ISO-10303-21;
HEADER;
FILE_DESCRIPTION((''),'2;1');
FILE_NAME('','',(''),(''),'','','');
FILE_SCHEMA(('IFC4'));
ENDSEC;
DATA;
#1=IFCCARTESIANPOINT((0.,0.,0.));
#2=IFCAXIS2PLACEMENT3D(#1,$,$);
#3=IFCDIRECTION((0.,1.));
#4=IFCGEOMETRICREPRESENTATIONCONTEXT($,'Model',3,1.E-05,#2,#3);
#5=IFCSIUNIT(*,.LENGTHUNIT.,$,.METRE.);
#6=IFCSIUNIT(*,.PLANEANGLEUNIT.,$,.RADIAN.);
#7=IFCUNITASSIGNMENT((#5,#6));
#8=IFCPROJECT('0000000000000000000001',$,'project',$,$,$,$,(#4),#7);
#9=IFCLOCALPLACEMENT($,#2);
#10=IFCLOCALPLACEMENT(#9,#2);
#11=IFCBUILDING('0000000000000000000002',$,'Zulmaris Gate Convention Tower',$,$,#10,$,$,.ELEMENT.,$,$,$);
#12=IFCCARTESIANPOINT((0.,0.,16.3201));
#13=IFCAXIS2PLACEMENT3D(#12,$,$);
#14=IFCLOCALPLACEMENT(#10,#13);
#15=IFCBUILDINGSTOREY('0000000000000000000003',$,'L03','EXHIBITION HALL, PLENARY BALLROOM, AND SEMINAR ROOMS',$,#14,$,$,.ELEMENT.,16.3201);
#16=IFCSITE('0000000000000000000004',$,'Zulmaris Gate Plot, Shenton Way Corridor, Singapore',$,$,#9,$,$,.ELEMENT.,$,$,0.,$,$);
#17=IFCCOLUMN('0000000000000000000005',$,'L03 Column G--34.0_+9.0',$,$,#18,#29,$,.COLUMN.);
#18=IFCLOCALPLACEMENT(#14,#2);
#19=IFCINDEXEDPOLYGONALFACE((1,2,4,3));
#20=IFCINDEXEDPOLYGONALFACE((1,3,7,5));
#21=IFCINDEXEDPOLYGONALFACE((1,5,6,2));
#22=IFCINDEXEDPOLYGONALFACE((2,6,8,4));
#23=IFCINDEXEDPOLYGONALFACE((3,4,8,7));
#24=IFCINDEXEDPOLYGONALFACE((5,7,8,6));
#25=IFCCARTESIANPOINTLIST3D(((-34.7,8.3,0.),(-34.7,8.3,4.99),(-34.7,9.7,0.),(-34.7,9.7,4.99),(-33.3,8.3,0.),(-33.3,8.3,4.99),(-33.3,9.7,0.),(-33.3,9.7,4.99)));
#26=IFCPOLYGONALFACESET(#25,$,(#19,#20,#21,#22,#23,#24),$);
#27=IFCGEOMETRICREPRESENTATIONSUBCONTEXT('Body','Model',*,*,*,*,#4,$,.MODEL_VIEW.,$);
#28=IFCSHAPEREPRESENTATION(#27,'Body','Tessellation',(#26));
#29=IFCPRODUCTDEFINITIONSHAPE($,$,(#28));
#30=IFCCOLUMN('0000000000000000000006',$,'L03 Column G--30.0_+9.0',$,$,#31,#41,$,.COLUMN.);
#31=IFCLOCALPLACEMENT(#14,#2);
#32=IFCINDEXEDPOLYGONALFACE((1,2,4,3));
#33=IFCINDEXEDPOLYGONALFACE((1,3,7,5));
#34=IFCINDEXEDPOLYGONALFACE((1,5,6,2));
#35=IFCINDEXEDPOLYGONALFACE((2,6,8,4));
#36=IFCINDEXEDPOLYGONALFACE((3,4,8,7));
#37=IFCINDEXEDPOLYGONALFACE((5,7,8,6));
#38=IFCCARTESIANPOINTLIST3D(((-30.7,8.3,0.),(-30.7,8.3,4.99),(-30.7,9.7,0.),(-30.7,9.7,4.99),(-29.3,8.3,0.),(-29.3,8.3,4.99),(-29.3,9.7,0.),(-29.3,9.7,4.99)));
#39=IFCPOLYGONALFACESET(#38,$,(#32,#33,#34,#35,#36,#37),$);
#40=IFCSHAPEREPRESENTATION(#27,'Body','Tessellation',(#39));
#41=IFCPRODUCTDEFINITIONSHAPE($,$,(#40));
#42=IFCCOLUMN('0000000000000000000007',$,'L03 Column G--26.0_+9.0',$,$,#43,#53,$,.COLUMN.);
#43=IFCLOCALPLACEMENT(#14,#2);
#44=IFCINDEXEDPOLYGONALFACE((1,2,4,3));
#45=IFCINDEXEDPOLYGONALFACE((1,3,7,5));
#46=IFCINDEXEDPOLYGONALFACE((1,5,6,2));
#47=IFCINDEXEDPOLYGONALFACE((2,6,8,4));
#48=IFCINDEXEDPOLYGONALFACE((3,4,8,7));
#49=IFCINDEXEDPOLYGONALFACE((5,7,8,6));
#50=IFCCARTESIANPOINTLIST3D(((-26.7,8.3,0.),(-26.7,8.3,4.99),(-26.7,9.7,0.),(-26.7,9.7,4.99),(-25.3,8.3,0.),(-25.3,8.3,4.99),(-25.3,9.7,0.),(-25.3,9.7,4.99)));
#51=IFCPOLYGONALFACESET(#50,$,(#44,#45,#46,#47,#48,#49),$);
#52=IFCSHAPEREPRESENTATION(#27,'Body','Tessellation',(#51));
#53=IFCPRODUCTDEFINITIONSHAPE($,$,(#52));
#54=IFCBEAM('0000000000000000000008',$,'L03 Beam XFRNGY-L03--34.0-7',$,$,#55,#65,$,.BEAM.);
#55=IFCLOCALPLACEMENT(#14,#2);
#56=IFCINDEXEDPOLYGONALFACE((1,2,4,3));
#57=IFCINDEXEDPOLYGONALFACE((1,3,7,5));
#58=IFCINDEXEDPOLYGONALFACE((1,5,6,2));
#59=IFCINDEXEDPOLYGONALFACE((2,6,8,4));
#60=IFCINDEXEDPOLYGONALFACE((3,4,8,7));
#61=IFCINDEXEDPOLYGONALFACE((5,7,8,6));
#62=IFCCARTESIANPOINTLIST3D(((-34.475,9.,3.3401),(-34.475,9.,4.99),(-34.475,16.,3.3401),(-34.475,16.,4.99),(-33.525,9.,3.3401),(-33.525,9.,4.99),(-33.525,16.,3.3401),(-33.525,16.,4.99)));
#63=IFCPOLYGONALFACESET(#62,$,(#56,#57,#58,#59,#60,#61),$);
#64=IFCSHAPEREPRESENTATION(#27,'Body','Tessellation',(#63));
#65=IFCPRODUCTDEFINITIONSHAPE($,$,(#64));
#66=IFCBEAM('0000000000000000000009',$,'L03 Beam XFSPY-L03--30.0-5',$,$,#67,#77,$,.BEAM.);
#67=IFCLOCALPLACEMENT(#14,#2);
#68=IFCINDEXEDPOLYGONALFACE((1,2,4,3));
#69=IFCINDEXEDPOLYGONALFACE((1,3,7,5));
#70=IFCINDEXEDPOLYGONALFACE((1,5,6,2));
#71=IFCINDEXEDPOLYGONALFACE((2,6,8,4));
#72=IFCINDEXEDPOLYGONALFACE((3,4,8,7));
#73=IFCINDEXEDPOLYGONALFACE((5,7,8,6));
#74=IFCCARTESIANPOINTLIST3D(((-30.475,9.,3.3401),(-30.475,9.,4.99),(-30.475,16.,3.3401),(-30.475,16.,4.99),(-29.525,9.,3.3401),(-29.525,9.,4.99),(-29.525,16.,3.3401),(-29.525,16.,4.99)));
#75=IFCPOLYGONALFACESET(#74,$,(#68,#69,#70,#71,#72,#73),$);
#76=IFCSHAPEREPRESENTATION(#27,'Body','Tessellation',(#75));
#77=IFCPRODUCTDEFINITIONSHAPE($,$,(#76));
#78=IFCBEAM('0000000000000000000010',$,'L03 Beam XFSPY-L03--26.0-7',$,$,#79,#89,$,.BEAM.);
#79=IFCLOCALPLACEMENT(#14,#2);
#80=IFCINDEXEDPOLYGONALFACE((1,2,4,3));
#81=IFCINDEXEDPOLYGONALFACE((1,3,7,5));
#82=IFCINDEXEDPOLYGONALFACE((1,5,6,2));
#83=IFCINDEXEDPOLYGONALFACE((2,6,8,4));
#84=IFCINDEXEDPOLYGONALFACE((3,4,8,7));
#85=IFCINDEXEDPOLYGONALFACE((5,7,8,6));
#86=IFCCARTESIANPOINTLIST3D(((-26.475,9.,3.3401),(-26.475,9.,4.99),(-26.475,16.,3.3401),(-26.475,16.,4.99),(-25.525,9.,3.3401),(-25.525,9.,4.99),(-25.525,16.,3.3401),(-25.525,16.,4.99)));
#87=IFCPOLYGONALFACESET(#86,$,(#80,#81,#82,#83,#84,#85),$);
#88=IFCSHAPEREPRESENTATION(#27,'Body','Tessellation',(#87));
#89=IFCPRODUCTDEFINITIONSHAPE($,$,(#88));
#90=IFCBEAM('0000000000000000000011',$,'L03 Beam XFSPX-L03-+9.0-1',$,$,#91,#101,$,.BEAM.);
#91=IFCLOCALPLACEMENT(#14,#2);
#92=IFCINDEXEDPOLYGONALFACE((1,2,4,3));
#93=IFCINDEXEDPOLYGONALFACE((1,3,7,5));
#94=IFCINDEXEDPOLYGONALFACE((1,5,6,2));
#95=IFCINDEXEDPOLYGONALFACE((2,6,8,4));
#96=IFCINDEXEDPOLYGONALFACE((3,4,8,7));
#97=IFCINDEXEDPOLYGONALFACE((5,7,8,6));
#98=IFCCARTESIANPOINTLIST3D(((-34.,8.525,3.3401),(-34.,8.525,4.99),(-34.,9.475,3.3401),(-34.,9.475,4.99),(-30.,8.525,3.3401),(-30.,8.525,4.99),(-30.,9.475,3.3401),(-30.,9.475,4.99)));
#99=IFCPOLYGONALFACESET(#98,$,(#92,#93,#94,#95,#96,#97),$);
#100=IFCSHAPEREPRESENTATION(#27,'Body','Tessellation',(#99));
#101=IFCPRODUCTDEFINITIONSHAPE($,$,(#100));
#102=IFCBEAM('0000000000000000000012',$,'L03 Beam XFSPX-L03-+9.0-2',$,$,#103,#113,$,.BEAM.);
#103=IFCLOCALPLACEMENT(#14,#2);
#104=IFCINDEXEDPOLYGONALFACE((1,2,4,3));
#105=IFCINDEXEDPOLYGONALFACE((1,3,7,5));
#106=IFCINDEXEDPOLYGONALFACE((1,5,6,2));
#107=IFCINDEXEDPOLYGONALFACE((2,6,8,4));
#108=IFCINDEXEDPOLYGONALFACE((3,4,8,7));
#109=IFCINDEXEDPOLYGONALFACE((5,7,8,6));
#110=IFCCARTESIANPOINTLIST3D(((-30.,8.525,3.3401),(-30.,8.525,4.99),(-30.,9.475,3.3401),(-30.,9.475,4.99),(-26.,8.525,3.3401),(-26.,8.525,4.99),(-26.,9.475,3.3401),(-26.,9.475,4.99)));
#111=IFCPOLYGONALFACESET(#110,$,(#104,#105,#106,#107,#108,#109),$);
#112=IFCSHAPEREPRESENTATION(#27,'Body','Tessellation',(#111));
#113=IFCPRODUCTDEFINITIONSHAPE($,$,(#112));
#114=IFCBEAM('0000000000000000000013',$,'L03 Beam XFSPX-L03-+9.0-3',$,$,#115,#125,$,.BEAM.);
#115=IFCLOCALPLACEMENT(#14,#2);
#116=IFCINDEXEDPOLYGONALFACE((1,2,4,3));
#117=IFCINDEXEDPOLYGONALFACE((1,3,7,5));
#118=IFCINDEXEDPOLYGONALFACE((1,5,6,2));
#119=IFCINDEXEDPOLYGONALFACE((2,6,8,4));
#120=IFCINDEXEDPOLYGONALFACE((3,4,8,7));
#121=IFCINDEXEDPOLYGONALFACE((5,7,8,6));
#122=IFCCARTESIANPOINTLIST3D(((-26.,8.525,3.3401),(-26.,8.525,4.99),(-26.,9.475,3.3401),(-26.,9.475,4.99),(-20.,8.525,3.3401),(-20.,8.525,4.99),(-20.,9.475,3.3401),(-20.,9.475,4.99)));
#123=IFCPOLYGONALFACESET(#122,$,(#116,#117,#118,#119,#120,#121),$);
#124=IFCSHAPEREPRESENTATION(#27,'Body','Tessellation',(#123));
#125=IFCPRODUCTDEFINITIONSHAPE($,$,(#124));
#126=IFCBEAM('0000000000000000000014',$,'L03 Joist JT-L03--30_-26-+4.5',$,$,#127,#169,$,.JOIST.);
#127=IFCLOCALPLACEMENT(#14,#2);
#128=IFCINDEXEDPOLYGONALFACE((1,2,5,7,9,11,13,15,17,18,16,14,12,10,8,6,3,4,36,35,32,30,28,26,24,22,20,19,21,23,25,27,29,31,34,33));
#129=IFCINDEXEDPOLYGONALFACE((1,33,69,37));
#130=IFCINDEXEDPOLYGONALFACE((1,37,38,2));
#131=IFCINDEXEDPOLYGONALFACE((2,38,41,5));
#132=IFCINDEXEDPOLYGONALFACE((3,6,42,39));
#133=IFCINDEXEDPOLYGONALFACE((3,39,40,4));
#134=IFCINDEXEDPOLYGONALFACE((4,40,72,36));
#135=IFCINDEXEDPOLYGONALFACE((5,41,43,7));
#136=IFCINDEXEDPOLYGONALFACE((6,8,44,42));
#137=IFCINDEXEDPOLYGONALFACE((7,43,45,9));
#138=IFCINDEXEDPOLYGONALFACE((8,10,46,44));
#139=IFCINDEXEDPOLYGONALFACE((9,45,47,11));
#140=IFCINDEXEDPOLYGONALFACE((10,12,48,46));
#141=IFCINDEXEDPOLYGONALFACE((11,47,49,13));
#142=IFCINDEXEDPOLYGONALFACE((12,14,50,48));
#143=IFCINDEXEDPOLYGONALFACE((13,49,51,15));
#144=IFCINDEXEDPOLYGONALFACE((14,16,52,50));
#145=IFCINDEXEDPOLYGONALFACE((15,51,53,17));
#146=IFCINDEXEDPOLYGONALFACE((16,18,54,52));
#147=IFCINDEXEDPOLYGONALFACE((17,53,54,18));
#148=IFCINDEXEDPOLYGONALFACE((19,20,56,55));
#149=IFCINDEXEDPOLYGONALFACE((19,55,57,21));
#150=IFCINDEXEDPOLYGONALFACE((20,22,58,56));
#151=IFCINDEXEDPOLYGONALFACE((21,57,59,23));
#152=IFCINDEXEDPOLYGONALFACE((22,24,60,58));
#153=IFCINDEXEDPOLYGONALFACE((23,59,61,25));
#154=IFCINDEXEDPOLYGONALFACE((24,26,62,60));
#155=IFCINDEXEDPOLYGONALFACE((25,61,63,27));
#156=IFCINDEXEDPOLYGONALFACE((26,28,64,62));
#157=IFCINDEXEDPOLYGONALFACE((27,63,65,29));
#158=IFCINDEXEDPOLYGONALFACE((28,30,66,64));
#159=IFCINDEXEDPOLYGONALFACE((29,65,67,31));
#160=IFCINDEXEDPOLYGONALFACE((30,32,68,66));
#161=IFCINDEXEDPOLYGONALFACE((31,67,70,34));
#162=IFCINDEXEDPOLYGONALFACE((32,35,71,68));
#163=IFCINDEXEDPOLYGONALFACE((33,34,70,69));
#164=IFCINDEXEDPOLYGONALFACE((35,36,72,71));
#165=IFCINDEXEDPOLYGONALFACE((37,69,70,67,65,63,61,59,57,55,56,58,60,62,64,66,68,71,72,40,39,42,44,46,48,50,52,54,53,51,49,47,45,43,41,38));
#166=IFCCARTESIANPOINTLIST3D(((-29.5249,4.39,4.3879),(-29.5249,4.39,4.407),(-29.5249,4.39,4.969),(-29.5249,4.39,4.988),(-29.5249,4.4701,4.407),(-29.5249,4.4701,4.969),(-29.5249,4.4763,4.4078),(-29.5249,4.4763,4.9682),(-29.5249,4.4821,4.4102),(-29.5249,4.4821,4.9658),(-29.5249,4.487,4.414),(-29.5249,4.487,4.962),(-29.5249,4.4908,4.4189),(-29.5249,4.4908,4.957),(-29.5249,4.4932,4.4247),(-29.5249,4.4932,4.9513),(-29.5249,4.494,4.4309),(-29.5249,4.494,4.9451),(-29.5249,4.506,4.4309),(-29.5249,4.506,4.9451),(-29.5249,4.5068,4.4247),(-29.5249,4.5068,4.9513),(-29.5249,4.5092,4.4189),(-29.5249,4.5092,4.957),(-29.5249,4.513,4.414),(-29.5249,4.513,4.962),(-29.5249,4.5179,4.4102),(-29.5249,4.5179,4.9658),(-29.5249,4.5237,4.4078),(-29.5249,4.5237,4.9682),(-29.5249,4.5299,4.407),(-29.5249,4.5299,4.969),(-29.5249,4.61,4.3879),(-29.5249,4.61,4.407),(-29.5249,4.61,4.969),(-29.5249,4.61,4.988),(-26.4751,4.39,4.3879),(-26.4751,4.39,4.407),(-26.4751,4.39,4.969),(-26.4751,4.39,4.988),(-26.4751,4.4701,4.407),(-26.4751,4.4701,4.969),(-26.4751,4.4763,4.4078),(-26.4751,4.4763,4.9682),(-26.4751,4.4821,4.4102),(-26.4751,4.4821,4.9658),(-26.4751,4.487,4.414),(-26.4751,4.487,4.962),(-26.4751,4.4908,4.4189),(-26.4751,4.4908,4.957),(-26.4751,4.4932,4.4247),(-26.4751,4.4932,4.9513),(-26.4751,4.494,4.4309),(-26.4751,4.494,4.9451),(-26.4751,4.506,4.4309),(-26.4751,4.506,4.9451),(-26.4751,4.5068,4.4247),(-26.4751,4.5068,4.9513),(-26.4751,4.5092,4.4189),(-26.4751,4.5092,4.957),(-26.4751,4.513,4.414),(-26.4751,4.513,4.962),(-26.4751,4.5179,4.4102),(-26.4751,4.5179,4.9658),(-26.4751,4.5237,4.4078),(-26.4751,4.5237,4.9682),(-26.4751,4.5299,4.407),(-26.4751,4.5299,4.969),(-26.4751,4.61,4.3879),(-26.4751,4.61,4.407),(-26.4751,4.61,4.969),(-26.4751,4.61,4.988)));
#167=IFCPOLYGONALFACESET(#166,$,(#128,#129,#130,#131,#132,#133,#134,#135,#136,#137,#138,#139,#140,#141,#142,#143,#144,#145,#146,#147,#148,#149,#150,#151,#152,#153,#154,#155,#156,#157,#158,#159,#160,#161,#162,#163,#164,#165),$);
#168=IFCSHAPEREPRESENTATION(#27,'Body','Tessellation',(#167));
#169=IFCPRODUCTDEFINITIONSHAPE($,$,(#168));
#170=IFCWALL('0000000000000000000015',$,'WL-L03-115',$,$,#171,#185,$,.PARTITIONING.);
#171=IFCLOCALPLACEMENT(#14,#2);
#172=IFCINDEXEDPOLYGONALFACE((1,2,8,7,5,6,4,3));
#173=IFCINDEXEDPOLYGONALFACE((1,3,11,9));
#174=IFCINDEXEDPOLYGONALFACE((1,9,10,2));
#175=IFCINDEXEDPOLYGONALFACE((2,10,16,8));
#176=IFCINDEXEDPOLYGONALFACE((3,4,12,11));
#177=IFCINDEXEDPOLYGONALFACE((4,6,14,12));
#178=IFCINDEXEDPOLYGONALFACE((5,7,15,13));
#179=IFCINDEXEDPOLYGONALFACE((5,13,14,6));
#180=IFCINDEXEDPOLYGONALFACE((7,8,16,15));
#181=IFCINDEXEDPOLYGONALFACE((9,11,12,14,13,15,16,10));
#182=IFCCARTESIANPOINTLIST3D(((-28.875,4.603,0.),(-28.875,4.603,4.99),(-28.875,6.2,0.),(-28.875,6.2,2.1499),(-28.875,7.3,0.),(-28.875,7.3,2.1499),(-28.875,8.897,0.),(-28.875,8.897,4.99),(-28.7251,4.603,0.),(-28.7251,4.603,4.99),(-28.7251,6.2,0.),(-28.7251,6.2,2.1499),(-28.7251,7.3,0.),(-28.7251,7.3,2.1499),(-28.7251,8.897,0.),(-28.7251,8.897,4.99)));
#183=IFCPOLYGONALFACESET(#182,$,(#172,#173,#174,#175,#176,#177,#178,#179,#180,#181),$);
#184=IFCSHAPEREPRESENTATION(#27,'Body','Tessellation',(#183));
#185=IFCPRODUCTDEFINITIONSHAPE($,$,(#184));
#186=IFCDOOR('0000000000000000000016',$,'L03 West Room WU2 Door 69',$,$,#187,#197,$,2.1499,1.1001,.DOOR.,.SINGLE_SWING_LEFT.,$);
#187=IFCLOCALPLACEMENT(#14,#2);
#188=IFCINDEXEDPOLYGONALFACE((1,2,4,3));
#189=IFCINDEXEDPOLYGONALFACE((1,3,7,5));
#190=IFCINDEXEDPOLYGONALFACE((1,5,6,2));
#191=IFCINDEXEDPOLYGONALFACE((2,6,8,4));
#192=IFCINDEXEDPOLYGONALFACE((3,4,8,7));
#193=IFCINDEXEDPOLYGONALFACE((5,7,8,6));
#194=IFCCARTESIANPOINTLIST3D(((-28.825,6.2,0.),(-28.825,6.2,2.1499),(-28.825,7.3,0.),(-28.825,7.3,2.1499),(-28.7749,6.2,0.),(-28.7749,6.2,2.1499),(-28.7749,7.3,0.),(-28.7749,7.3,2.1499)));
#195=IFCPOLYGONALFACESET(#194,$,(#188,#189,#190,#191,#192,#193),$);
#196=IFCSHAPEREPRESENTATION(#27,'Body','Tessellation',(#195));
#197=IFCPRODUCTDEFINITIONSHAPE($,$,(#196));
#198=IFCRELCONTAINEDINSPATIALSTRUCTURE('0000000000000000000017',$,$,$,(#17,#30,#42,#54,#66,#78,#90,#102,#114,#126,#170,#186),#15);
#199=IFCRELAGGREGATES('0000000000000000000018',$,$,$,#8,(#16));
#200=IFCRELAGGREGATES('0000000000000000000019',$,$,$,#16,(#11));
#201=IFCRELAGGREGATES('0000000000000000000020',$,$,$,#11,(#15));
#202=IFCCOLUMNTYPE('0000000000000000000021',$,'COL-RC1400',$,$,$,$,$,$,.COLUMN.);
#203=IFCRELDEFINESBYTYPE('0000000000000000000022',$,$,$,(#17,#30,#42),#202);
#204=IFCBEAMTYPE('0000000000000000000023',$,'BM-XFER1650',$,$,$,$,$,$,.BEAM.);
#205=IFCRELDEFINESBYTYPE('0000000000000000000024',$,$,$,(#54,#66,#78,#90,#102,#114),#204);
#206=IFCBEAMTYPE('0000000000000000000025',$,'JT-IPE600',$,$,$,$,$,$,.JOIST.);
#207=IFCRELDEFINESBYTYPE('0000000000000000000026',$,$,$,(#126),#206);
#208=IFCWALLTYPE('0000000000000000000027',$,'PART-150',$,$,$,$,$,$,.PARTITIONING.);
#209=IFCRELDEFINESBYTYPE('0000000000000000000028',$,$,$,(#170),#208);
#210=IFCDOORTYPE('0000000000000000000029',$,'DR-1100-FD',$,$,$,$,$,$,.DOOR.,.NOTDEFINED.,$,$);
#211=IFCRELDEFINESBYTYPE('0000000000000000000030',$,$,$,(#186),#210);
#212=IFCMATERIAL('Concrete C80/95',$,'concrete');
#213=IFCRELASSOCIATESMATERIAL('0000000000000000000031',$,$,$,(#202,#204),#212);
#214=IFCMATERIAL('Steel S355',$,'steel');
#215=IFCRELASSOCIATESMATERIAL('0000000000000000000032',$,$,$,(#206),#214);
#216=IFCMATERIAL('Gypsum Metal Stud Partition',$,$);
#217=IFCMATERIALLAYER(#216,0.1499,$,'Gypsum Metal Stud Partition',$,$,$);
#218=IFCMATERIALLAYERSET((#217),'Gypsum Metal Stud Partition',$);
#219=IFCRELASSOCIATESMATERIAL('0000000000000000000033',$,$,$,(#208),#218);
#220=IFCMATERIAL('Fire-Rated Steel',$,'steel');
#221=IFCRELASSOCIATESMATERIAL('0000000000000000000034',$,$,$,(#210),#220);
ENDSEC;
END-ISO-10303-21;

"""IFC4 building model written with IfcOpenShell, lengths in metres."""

from ifc_helpers import new_model, si_unit, direction, frame, frame_2d, origin, origin_2d, place, context, subcontext, project, spatial, rectangle, i_section, extrude, material, layer, layer_set, material_profile, profile_set, type_object, element, fill, save


model = new_model("IFC4")

# Units and contexts
model_context = context("Model", 3, precision=1e-05, world=origin(), true_north=direction((0.0, 1.0)))
body_context = subcontext(model_context, "Body", "Model", "MODEL_VIEW")
ifc_project = project(units=[si_unit("LENGTHUNIT", "METRE"), si_unit("PLANEANGLEUNIT", "RADIAN")], contexts=[model_context])

# Site, building, storey
site_placement = place(None, origin())
site = spatial("IfcSite", under=ifc_project, at=site_placement, Name="Zulmaris Gate Plot, Shenton Way Corridor, Singapore", CompositionType="ELEMENT", RefElevation=0.0)
building_placement = place(site_placement, origin())
building = spatial("IfcBuilding", under=site, at=building_placement, Name="Zulmaris Gate Convention Tower", CompositionType="ELEMENT")
storey_placement = place(building_placement, frame((0.0, 0.0, 16.3201)))
storey = spatial("IfcBuildingStorey", under=building, at=storey_placement, Name="L03", Description="EXHIBITION HALL, PLENARY BALLROOM, AND SEMINAR ROOMS", CompositionType="ELEMENT", Elevation=16.3201)

# Columns
ifc_material_1 = material(Name="Concrete C80/95", Category="concrete")
ifc_material_profile_1 = material_profile(ifc_material_1, rectangle(XDim=1.3999, YDim=1.3999, at=origin_2d()), Name="RC COL 1400x1400")
ifc_profile_set_1 = profile_set([ifc_material_profile_1], Name="Concrete C80/95")
column_type = type_object("IfcColumnType", Name="COL-RC1400", PredefinedType="COLUMN", material=ifc_profile_set_1)
for number, where, z_axis, x_axis, name in (
    (1, (-34.0, 9.0, 0.0), (0.0, 0.0, 1.0), (1.0, 0.0, 0.0), "L03 Column G--34.0_+9.0"),
    (2, (-30.0, 9.0, 0.0), (0.0, 0.0, 1.0), (1.0, 0.0, 0.0), "L03 Column G--30.0_+9.0"),
    (3, (-26.0, 9.0, 0.0), (0.0, 0.0, 1.0), (1.0, 0.0, 0.0), "L03 Column G--26.0_+9.0"),
):
    element("IfcColumn", number, at=place(storey_placement, frame(where, z_axis=z_axis, x_axis=x_axis)), inside=storey, type_object=column_type, Name=name, PredefinedType="COLUMN", context=body_context, shape_type="SweptSolid", body=[
        extrude(rectangle(XDim=1.3999, YDim=1.3999, at=origin_2d()), origin(), (0.0, 0.0, 1.0), 4.99),
    ])

# Beams
ifc_material_profile_2 = material_profile(ifc_material_1, rectangle(XDim=0.95, YDim=1.6499, at=origin_2d()), Name="RC TRANSFER 950x1650")
ifc_profile_set_2 = profile_set([ifc_material_profile_2], Name="Concrete C80/95")
beam_type_1 = type_object("IfcBeamType", Name="BM-XFER1650", PredefinedType="BEAM", material=ifc_profile_set_2)
for number, where, z_axis, x_axis, name in (
    (4, (-34.0, 9.0, 4.165), (0.0, 1.0, 0.0), (-1.0, 0.0, 0.0), "L03 Beam XFRNGY-L03--34.0-7"),
    (5, (-30.0, 9.0, 4.165), (0.0, 1.0, 0.0), (-1.0, 0.0, 0.0), "L03 Beam XFSPY-L03--30.0-5"),
    (6, (-26.0, 9.0, 4.165), (0.0, 1.0, 0.0), (-1.0, 0.0, 0.0), "L03 Beam XFSPY-L03--26.0-7"),
):
    element("IfcBeam", number, at=place(storey_placement, frame(where, z_axis=z_axis, x_axis=x_axis)), inside=storey, type_object=beam_type_1, Name=name, PredefinedType="BEAM", context=body_context, shape_type="SweptSolid", body=[
        extrude(rectangle(XDim=0.95, YDim=1.6499, at=origin_2d()), origin(), (0.0, 0.0, 1.0), 7.0),
    ])
for number, where, z_axis, x_axis, name in (
    (7, (-34.0, 9.0, 4.165), (1.0, 0.0, 0.0), (0.0, 1.0, 0.0), "L03 Beam XFSPX-L03-+9.0-1"),
    (8, (-30.0, 9.0, 4.165), (1.0, 0.0, 0.0), (0.0, 1.0, 0.0), "L03 Beam XFSPX-L03-+9.0-2"),
):
    element("IfcBeam", number, at=place(storey_placement, frame(where, z_axis=z_axis, x_axis=x_axis)), inside=storey, type_object=beam_type_1, Name=name, PredefinedType="BEAM", context=body_context, shape_type="SweptSolid", body=[
        extrude(rectangle(XDim=0.95, YDim=1.6499, at=origin_2d()), origin(), (0.0, 0.0, 1.0), 4.0),
    ])
beam_1_placement = place(storey_placement, frame((-26.0, 9.0, 4.165), z_axis=(1.0, 0.0, 0.0), x_axis=(0.0, 1.0, 0.0)))
element("IfcBeam", 9, at=beam_1_placement, inside=storey, type_object=beam_type_1, Name="L03 Beam XFSPX-L03-+9.0-3", PredefinedType="BEAM", context=body_context, shape_type="SweptSolid", body=[
    extrude(rectangle(XDim=0.95, YDim=1.6499, at=origin_2d()), origin(), (0.0, 0.0, 1.0), 6.0),
])
ifc_material_2 = material(Name="Steel S355", Category="steel")
ifc_material_profile_3 = material_profile(ifc_material_2, i_section(OverallWidth=0.22, OverallDepth=0.6001, WebThickness=0.012, FlangeThickness=0.019, FilletRadius=0.0239, at=origin_2d()), Name="IPE 600")
ifc_profile_set_3 = profile_set([ifc_material_profile_3], Name="Steel S355")
beam_type_2 = type_object("IfcBeamType", Name="JT-IPE600", PredefinedType="JOIST", material=ifc_profile_set_3)
beam_2_placement = place(storey_placement, frame((-29.5249, 4.5, 4.688), z_axis=(1.0, 0.0, 0.0), x_axis=(0.0, 1.0, 0.0)))
element("IfcBeam", 10, at=beam_2_placement, inside=storey, type_object=beam_type_2, Name="L03 Joist JT-L03--30_-26-+4.5", PredefinedType="JOIST", context=body_context, shape_type="SweptSolid", body=[
    extrude(i_section(OverallWidth=0.22, OverallDepth=0.6001, WebThickness=0.012, FlangeThickness=0.019, FilletRadius=0.0239, at=origin_2d()), origin(), (0.0, 0.0, 1.0), 3.0498),
])

# Wall, opening, door
ifc_material_3 = material(Name="Gypsum Metal Stud Partition")
ifc_layer_1 = layer(ifc_material_3, 0.1499, Name="Gypsum Metal Stud Partition")
ifc_layer_set_1 = layer_set([ifc_layer_1], Name="Gypsum Metal Stud Partition")
wall_type_1 = type_object("IfcWallType", Name="PART-150", PredefinedType="PARTITIONING", material=ifc_layer_set_1)
wall_1_placement = place(storey_placement, frame((-28.8, 4.603, 0.0), z_axis=(0.0, 0.0, 1.0), x_axis=(0.0, 1.0, 0.0)))
wall_1 = element("IfcWall", 11, at=wall_1_placement, inside=storey, type_object=wall_type_1, Name="WL-L03-115", PredefinedType="PARTITIONING", context=body_context, shape_type="SweptSolid", body=[
    extrude(rectangle(XDim=4.2939, YDim=0.1499, at=frame_2d((2.147, 0.0))), origin(), (0.0, 0.0, 1.0), 4.99),
])
opening_placement = place(wall_1_placement, frame((1.5969, 0.0, 0.0)))
opening = element("IfcOpeningElement", 12, at=opening_placement, cuts=wall_1, PredefinedType="OPENING", context=body_context, shape_type="SweptSolid", body=[
    extrude(rectangle(XDim=1.1001, YDim=2.1499, at=frame_2d((0.55, 1.075))), frame((0.0, 0.085, 0.0), z_axis=(0.0, -1.0, 0.0), x_axis=(1.0, 0.0, 0.0)), (0.0, 0.0, 1.0), 0.1699),
])
ifc_material_4 = material(Name="Fire-Rated Steel", Category="steel")
door_type = type_object("IfcDoorType", Name="DR-1100-FD", OperationType="NOTDEFINED", PredefinedType="DOOR", material=ifc_material_4)
door_placement = place(opening_placement, origin())
door = element("IfcDoor", 13, at=door_placement, inside=storey, type_object=door_type, Name="L03 West Room WU2 Door 69", OperationType="SINGLE_SWING_LEFT", OverallHeight=2.1499, OverallWidth=1.1001, PredefinedType="DOOR", context=body_context, shape_type="SweptSolid", body=[
    extrude(rectangle(XDim=1.1001, YDim=2.1499, at=frame_2d((0.55, 1.075))), frame((0.0, 0.0249, 0.0), z_axis=(0.0, -1.0, 0.0), x_axis=(1.0, 0.0, 0.0)), (0.0, 0.0, 1.0), 0.05),
])
fill(opening, door)

save(model, "model.ifc")
